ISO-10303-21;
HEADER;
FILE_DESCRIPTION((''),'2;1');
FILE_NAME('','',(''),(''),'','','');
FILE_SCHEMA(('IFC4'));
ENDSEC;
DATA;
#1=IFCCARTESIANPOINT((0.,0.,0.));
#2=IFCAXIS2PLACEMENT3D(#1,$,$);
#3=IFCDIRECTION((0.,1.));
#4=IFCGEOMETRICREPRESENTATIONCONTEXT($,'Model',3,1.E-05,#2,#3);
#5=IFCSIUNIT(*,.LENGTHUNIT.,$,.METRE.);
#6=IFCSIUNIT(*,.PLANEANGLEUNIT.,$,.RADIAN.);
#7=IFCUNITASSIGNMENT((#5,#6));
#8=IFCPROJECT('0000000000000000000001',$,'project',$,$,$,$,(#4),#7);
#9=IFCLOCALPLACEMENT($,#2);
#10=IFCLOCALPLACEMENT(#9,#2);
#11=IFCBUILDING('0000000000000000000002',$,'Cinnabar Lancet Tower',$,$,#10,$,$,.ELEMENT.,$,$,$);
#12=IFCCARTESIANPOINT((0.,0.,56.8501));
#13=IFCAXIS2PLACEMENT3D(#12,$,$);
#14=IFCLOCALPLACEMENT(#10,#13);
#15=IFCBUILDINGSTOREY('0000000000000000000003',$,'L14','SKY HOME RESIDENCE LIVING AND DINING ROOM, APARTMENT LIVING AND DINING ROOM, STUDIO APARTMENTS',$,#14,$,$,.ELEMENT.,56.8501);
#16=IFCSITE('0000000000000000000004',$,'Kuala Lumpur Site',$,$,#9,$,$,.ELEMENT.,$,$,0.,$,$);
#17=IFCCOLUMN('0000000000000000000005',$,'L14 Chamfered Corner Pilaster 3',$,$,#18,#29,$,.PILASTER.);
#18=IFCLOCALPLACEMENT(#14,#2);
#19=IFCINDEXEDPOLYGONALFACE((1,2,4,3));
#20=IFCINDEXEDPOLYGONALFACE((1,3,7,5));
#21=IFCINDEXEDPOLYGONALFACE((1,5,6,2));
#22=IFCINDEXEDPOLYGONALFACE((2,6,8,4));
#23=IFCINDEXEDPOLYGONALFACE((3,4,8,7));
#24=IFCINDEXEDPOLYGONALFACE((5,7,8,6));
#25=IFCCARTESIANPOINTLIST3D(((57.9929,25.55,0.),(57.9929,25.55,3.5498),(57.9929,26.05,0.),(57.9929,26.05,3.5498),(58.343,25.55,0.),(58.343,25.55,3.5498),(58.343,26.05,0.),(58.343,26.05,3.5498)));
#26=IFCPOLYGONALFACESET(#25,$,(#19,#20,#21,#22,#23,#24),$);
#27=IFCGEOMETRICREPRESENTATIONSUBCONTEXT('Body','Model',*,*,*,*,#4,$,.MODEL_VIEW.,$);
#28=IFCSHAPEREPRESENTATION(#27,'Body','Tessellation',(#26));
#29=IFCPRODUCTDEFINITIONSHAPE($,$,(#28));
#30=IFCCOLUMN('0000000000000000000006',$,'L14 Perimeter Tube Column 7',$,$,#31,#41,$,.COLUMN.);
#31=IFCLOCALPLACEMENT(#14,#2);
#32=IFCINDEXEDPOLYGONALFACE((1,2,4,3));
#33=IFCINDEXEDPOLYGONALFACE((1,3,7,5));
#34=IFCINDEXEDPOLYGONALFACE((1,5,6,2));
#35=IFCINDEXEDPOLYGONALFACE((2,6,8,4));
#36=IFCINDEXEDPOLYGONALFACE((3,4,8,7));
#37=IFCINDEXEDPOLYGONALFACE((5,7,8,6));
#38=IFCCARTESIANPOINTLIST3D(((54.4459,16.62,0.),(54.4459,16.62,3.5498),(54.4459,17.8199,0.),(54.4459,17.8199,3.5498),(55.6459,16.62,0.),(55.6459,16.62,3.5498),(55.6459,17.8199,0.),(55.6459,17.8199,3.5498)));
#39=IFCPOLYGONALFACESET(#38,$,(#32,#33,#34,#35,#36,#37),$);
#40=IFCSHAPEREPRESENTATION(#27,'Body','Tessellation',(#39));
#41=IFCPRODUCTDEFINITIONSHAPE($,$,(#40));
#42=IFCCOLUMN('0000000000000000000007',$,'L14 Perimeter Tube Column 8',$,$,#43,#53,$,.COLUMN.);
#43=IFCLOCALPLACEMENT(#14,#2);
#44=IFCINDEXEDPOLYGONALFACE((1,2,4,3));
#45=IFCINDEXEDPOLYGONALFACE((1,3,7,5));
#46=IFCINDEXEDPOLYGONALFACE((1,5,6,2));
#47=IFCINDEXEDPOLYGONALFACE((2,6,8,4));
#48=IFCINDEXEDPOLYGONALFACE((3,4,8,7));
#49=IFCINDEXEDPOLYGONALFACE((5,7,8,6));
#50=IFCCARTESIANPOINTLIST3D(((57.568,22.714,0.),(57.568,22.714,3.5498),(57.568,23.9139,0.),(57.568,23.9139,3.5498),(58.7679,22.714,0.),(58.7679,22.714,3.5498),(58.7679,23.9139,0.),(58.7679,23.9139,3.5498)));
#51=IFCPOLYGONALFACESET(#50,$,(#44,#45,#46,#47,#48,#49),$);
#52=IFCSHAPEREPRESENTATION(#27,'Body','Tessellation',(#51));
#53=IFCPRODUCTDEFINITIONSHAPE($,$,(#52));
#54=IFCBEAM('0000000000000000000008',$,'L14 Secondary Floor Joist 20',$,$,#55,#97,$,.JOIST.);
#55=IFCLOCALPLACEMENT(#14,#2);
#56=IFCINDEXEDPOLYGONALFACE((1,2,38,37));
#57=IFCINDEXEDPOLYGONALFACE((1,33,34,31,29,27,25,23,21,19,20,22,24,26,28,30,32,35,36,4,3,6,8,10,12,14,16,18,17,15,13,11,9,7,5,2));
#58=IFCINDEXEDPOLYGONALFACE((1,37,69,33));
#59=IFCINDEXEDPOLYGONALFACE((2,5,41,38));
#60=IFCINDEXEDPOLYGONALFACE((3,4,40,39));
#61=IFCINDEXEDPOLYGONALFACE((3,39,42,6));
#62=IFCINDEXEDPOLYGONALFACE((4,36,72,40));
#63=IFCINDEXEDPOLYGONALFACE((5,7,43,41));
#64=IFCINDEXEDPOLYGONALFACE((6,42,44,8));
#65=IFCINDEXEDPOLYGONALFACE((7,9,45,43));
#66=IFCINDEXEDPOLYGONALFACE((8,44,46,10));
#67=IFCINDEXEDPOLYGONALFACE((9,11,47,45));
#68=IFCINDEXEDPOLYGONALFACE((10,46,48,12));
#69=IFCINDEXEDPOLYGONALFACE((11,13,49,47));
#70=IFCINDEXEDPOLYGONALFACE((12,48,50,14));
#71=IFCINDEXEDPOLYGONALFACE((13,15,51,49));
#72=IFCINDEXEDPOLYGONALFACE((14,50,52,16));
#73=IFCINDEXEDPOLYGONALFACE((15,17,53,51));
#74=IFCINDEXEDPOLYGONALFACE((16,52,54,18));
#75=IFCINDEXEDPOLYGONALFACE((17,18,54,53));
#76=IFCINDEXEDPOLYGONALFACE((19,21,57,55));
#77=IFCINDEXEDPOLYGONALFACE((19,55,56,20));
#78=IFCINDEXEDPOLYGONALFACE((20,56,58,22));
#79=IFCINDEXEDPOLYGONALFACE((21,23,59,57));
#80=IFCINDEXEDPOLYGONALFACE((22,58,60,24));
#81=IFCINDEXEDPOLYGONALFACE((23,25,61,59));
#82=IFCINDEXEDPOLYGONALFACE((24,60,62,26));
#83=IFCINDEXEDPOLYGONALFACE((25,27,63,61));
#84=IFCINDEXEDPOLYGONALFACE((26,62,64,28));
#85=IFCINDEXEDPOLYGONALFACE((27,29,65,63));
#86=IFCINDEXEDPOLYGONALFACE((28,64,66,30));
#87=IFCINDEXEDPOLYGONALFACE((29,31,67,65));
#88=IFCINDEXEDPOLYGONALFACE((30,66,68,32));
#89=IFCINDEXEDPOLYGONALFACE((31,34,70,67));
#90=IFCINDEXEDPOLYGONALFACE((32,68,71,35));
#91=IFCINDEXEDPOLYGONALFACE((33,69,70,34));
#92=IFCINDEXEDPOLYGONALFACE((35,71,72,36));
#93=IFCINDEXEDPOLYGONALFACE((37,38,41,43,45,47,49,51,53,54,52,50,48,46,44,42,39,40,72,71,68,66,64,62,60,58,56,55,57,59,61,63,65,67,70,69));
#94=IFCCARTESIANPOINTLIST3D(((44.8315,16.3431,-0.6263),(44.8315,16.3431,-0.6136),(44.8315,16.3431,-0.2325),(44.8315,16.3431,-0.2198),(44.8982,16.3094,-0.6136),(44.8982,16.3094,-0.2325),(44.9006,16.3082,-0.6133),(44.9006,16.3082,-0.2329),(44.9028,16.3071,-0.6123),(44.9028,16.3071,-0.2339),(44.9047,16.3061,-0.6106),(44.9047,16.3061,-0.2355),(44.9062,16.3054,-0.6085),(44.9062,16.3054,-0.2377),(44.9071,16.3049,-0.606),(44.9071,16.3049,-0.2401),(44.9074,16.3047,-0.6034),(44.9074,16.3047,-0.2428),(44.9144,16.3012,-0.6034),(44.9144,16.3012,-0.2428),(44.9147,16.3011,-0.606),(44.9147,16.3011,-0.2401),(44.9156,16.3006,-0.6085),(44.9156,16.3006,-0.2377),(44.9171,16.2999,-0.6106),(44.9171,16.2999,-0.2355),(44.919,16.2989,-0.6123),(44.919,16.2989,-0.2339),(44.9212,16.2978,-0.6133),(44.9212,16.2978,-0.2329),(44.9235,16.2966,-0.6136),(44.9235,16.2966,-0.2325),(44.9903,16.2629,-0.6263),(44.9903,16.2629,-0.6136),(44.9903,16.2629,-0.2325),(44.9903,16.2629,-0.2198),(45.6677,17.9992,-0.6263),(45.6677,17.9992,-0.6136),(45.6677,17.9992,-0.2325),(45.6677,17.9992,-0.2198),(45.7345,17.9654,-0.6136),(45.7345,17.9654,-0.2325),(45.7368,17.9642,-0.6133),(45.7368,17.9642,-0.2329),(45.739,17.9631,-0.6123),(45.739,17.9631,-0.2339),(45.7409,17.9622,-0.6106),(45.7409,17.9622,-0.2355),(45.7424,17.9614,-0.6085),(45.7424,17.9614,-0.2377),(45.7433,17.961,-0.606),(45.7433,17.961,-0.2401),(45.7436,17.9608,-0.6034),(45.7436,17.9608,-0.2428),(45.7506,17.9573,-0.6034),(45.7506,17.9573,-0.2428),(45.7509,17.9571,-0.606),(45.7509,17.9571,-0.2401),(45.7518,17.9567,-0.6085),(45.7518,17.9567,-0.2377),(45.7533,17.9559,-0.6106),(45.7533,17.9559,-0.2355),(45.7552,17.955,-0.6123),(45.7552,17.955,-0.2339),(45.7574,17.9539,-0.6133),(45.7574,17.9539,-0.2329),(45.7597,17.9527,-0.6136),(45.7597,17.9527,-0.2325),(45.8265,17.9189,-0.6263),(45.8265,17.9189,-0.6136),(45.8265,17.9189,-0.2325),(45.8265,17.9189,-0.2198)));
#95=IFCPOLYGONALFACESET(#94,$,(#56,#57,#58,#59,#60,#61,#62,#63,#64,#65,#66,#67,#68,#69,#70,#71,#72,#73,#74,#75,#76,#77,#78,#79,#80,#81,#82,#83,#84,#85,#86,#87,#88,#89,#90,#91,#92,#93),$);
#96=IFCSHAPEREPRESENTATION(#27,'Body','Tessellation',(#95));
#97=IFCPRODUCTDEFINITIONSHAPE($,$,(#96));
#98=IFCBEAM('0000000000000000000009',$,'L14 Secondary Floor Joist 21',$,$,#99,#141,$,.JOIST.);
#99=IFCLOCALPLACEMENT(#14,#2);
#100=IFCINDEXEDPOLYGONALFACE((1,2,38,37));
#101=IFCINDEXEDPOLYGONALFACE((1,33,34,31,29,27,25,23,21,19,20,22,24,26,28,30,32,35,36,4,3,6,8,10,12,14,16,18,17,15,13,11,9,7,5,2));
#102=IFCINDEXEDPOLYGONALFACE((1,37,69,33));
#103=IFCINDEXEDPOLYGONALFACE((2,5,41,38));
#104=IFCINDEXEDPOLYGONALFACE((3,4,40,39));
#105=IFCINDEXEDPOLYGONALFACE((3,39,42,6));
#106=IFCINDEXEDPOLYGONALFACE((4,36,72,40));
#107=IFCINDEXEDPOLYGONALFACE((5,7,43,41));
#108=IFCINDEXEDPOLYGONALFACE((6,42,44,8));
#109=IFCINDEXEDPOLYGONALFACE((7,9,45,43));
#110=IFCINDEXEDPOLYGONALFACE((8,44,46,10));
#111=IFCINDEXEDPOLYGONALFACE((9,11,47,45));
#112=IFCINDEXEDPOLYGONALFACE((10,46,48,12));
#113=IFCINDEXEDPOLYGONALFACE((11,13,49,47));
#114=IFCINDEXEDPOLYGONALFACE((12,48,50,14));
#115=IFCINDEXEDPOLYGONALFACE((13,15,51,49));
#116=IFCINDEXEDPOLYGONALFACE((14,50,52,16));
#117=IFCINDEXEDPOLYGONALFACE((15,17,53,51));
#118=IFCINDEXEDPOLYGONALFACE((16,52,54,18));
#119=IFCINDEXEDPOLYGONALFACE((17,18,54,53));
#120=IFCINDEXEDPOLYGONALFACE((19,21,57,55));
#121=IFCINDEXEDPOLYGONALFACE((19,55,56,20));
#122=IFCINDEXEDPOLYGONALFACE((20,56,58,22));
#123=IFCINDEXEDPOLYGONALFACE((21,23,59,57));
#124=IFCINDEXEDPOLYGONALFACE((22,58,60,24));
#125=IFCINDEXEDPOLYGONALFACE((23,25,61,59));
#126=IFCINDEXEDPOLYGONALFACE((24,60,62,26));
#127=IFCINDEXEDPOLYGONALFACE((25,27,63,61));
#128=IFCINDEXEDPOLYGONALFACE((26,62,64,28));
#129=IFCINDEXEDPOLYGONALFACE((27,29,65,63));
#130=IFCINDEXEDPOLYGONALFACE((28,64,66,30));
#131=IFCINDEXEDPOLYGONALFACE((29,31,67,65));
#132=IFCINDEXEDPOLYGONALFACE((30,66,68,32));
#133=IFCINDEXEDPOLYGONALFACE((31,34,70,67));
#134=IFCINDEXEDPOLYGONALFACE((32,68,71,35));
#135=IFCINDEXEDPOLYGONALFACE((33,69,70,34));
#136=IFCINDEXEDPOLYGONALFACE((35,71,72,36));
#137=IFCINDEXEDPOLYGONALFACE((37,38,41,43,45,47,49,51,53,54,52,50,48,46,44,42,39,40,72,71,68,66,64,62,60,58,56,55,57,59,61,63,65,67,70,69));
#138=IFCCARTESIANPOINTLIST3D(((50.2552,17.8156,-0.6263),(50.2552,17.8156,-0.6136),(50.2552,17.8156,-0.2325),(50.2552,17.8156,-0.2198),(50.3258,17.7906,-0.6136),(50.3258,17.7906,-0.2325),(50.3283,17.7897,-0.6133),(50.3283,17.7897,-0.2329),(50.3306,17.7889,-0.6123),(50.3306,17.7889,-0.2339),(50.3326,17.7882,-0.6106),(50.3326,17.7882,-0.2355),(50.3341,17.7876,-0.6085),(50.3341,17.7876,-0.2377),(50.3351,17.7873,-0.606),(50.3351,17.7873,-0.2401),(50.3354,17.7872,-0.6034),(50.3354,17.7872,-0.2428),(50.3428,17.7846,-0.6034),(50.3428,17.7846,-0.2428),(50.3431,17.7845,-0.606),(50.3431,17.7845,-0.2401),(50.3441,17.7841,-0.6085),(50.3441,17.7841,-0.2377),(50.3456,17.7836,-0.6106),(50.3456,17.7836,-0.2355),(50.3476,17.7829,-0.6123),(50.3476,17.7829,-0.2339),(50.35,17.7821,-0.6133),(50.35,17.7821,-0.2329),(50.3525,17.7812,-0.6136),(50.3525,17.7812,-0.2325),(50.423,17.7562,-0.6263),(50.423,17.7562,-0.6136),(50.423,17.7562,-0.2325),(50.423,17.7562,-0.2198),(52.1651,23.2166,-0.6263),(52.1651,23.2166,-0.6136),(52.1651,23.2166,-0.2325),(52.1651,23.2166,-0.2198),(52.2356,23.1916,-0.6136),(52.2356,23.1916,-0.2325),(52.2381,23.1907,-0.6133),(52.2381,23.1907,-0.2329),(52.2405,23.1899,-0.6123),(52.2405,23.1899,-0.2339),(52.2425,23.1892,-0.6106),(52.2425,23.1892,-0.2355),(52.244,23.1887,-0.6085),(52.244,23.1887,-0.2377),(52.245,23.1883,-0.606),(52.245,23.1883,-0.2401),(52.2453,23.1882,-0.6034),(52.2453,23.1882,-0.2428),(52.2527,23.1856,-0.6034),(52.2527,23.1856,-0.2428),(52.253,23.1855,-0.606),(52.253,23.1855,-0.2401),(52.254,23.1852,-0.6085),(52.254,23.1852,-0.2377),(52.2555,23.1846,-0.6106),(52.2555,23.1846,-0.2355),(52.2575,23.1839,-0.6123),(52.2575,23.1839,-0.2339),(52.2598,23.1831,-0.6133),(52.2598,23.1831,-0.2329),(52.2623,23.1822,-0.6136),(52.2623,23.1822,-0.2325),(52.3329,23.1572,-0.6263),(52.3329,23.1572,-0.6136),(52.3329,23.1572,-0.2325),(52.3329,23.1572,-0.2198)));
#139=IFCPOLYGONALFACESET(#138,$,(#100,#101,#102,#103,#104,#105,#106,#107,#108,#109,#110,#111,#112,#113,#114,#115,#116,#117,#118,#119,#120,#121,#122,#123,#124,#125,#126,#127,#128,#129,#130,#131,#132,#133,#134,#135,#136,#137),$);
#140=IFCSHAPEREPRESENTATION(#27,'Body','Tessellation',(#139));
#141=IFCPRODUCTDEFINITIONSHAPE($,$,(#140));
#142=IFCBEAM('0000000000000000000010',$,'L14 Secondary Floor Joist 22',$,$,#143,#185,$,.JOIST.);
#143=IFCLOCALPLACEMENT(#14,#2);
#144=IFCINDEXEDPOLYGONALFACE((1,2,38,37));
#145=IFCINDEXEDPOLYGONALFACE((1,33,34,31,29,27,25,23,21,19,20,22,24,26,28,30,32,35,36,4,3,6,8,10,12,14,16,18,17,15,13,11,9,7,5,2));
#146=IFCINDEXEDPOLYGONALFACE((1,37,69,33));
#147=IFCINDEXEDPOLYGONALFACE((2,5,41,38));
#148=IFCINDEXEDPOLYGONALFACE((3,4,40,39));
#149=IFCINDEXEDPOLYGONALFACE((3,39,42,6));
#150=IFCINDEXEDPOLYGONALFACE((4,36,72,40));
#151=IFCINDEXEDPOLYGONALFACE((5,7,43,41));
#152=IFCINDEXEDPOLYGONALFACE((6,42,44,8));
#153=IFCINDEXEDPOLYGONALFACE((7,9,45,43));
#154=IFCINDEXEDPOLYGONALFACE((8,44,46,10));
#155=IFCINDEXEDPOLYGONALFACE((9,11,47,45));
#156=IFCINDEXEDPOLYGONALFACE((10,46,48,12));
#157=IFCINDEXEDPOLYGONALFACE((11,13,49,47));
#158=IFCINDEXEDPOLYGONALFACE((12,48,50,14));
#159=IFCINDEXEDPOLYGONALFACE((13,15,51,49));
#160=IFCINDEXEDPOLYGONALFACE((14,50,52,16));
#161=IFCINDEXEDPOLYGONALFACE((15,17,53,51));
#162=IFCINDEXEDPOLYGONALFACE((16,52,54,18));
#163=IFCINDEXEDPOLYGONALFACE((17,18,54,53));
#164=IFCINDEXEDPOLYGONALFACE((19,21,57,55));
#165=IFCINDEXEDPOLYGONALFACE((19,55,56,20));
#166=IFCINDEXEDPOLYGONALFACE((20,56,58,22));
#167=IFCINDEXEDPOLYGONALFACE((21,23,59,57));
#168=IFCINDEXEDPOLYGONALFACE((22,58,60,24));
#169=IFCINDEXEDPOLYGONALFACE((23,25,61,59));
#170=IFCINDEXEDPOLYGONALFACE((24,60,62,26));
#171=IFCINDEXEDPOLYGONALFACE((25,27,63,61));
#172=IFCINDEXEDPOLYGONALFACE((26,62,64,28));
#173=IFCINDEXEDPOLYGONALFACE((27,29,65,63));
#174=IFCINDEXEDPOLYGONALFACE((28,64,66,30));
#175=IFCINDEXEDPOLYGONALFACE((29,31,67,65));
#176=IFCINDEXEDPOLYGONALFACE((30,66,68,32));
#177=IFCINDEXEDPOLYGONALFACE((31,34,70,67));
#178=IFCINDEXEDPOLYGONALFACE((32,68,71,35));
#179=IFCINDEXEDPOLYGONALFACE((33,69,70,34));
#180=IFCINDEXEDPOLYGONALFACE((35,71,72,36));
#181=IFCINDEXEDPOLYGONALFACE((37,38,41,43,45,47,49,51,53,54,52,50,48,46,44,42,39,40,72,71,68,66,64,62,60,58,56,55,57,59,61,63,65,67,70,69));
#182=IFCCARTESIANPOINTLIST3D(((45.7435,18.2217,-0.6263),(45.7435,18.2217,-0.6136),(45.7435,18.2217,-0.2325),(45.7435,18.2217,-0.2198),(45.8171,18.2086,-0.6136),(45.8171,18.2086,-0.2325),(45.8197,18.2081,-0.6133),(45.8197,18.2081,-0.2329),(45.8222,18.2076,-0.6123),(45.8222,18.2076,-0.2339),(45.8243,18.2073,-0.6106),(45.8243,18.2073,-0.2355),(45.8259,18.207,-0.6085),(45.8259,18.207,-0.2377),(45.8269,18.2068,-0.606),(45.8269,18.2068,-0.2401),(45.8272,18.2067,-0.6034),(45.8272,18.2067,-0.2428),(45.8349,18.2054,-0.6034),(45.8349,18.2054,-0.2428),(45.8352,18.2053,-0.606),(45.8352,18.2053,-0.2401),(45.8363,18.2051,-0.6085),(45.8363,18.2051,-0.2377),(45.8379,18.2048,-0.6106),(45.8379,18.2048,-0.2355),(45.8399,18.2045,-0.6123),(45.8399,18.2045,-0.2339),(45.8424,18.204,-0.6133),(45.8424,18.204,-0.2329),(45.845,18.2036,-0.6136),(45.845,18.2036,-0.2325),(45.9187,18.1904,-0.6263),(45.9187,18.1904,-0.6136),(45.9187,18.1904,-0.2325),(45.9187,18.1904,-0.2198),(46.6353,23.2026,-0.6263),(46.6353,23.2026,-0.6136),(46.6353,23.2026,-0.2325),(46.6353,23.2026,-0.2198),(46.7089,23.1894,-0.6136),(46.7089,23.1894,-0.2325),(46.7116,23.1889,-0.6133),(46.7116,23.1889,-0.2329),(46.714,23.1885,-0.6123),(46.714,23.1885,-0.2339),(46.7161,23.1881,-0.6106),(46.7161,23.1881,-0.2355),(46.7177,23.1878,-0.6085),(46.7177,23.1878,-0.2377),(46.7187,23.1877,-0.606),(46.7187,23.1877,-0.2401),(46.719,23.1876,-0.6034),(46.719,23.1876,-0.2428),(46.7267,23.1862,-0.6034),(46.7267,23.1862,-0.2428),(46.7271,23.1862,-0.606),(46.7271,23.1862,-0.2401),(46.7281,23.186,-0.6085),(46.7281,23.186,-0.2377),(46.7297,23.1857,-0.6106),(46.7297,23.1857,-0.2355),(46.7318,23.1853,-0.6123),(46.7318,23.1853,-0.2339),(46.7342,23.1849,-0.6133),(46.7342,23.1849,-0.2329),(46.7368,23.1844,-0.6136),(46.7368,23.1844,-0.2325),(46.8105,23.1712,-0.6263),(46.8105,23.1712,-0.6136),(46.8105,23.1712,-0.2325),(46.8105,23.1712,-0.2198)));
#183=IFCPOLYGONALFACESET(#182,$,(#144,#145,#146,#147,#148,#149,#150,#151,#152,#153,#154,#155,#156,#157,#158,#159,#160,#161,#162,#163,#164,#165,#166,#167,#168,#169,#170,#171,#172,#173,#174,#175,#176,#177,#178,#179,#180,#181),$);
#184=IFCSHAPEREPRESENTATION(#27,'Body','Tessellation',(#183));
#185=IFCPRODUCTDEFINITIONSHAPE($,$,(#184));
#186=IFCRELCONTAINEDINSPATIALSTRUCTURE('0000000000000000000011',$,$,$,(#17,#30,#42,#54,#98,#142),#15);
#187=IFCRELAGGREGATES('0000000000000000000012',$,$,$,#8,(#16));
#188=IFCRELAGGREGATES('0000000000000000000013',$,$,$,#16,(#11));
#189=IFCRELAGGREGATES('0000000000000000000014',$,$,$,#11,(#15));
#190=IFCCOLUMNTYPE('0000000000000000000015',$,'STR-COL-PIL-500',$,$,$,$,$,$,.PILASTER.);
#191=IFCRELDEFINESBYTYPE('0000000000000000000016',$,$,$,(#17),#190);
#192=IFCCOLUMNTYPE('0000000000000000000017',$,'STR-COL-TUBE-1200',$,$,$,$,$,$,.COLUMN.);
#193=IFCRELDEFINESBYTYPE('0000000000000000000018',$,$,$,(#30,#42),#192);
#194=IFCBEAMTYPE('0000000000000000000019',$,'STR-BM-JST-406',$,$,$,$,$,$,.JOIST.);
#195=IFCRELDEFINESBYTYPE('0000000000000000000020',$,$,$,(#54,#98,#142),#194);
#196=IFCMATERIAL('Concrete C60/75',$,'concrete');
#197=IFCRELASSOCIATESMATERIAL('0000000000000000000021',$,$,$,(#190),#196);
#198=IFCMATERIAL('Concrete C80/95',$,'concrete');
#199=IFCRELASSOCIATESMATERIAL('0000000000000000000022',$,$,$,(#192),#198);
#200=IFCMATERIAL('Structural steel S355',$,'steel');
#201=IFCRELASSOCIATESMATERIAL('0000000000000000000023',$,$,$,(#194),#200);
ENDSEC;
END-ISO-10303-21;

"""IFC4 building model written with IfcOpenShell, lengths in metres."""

from ifc_helpers import new_model, si_unit, direction, frame, origin, origin_2d, place, context, subcontext, project, spatial, rectangle, i_section, extrude, material, material_profile, profile_set, type_object, element, save


model = new_model("IFC4")

# Units and contexts
model_context = context("Model", 3, precision=1e-05, world=origin(), true_north=direction((0.0, 1.0)))
body_context = subcontext(model_context, "Body", "Model", "MODEL_VIEW")
ifc_project = project(units=[si_unit("LENGTHUNIT", "METRE"), si_unit("PLANEANGLEUNIT", "RADIAN")], contexts=[model_context])

# Site, building, storey
site_placement = place(None, origin())
site = spatial("IfcSite", under=ifc_project, at=site_placement, Name="Kuala Lumpur Site", CompositionType="ELEMENT", RefElevation=0.0)
building_placement = place(site_placement, origin())
building = spatial("IfcBuilding", under=site, at=building_placement, Name="Cinnabar Lancet Tower", CompositionType="ELEMENT")
storey_placement = place(building_placement, frame((0.0, 0.0, 56.8501)))
storey = spatial("IfcBuildingStorey", under=building, at=storey_placement, Name="L14", Description="SKY HOME RESIDENCE LIVING AND DINING ROOM, APARTMENT LIVING AND DINING ROOM, STUDIO APARTMENTS", CompositionType="ELEMENT", Elevation=56.8501)

# Columns
ifc_material_1 = material(Name="Concrete C60/75", Category="concrete")
ifc_material_profile_1 = material_profile(ifc_material_1, rectangle(XDim=0.5, YDim=0.3501, at=origin_2d()), Name="RC-PIL 500x350")
ifc_profile_set_1 = profile_set([ifc_material_profile_1], Name="Concrete C60/75")
column_type_1 = type_object("IfcColumnType", Name="STR-COL-PIL-500", PredefinedType="PILASTER", material=ifc_profile_set_1)
column_placement = place(storey_placement, frame((58.168, 25.8, 0.0), z_axis=(0.0, 0.0, 1.0), x_axis=(0.0, 1.0, 0.0)))
element("IfcColumn", 1, at=column_placement, inside=storey, type_object=column_type_1, Name="L14 Chamfered Corner Pilaster 3", PredefinedType="PILASTER", context=body_context, shape_type="SweptSolid", body=[
    extrude(rectangle(XDim=0.5, YDim=0.3501, at=origin_2d()), origin(), (0.0, 0.0, 1.0), 3.5498),
])
ifc_material_2 = material(Name="Concrete C80/95", Category="concrete")
ifc_material_profile_2 = material_profile(ifc_material_2, rectangle(XDim=1.2, YDim=1.2, at=origin_2d()), Name="RC-COL 1200x1200")
ifc_profile_set_2 = profile_set([ifc_material_profile_2], Name="Concrete C80/95")
column_type_2 = type_object("IfcColumnType", Name="STR-COL-TUBE-1200", PredefinedType="COLUMN", material=ifc_profile_set_2)
for number, where, z_axis, x_axis, name in (
    (2, (55.0459, 17.22, 0.0), (0.0, 0.0, 1.0), (1.0, 0.0, 0.0), "L14 Perimeter Tube Column 7"),
    (3, (58.168, 23.314, 0.0), (0.0, 0.0, 1.0), (1.0, 0.0, 0.0), "L14 Perimeter Tube Column 8"),
):
    element("IfcColumn", number, at=place(storey_placement, frame(where, z_axis=z_axis, x_axis=x_axis)), inside=storey, type_object=column_type_2, Name=name, PredefinedType="COLUMN", context=body_context, shape_type="SweptSolid", body=[
        extrude(rectangle(XDim=1.2, YDim=1.2, at=origin_2d()), origin(), (0.0, 0.0, 1.0), 3.5498),
    ])

# Beams
ifc_material_3 = material(Name="Structural steel S355", Category="steel")
ifc_material_profile_3 = material_profile(ifc_material_3, i_section(OverallWidth=0.178, OverallDepth=0.4065, WebThickness=0.0078, FlangeThickness=0.0127, FilletRadius=0.0103, at=origin_2d()), Name="UKB 406x178x60")
ifc_profile_set_3 = profile_set([ifc_material_profile_3], Name="Structural steel S355")
beam_type_1 = type_object("IfcBeamType", Name="STR-BM-JST-406", PredefinedType="JOIST", material=ifc_profile_set_3)
beam_1_placement = place(storey_placement, frame((44.9109, 16.303, -0.4231), z_axis=(0.450737, 0.892657, 0.0), x_axis=(-0.892657, 0.450737, 0.0)))
element("IfcBeam", 4, at=beam_1_placement, inside=storey, type_object=beam_type_1, Name="L14 Secondary Floor Joist 20", PredefinedType="JOIST", context=body_context, shape_type="SweptSolid", body=[
    extrude(i_section(OverallWidth=0.178, OverallDepth=0.4065, WebThickness=0.0078, FlangeThickness=0.0127, FilletRadius=0.0103, at=origin_2d()), origin(), (0.0, 0.0, 1.0), 1.8552),
])
beam_2_placement = place(storey_placement, frame((50.3391, 17.7859, -0.4231), z_axis=(0.333384, 0.942791, 0.0), x_axis=(-0.942791, 0.333384, 0.0)))
element("IfcBeam", 5, at=beam_2_placement, inside=storey, type_object=beam_type_1, Name="L14 Secondary Floor Joist 21", PredefinedType="JOIST", context=body_context, shape_type="SweptSolid", body=[
    extrude(i_section(OverallWidth=0.178, OverallDepth=0.4065, WebThickness=0.0078, FlangeThickness=0.0127, FilletRadius=0.0103, at=origin_2d()), origin(), (0.0, 0.0, 1.0), 5.7288),
])
beam_3_placement = place(storey_placement, frame((45.8311, 18.2061, -0.4231), z_axis=(0.176248, 0.984346, 0.0), x_axis=(-0.984346, 0.176248, 0.0)))
element("IfcBeam", 6, at=beam_3_placement, inside=storey, type_object=beam_type_1, Name="L14 Secondary Floor Joist 22", PredefinedType="JOIST", context=body_context, shape_type="SweptSolid", body=[
    extrude(i_section(OverallWidth=0.178, OverallDepth=0.4065, WebThickness=0.0078, FlangeThickness=0.0127, FilletRadius=0.0103, at=origin_2d()), origin(), (0.0, 0.0, 1.0), 5.0601),
])

save(model, "model.ifc")
